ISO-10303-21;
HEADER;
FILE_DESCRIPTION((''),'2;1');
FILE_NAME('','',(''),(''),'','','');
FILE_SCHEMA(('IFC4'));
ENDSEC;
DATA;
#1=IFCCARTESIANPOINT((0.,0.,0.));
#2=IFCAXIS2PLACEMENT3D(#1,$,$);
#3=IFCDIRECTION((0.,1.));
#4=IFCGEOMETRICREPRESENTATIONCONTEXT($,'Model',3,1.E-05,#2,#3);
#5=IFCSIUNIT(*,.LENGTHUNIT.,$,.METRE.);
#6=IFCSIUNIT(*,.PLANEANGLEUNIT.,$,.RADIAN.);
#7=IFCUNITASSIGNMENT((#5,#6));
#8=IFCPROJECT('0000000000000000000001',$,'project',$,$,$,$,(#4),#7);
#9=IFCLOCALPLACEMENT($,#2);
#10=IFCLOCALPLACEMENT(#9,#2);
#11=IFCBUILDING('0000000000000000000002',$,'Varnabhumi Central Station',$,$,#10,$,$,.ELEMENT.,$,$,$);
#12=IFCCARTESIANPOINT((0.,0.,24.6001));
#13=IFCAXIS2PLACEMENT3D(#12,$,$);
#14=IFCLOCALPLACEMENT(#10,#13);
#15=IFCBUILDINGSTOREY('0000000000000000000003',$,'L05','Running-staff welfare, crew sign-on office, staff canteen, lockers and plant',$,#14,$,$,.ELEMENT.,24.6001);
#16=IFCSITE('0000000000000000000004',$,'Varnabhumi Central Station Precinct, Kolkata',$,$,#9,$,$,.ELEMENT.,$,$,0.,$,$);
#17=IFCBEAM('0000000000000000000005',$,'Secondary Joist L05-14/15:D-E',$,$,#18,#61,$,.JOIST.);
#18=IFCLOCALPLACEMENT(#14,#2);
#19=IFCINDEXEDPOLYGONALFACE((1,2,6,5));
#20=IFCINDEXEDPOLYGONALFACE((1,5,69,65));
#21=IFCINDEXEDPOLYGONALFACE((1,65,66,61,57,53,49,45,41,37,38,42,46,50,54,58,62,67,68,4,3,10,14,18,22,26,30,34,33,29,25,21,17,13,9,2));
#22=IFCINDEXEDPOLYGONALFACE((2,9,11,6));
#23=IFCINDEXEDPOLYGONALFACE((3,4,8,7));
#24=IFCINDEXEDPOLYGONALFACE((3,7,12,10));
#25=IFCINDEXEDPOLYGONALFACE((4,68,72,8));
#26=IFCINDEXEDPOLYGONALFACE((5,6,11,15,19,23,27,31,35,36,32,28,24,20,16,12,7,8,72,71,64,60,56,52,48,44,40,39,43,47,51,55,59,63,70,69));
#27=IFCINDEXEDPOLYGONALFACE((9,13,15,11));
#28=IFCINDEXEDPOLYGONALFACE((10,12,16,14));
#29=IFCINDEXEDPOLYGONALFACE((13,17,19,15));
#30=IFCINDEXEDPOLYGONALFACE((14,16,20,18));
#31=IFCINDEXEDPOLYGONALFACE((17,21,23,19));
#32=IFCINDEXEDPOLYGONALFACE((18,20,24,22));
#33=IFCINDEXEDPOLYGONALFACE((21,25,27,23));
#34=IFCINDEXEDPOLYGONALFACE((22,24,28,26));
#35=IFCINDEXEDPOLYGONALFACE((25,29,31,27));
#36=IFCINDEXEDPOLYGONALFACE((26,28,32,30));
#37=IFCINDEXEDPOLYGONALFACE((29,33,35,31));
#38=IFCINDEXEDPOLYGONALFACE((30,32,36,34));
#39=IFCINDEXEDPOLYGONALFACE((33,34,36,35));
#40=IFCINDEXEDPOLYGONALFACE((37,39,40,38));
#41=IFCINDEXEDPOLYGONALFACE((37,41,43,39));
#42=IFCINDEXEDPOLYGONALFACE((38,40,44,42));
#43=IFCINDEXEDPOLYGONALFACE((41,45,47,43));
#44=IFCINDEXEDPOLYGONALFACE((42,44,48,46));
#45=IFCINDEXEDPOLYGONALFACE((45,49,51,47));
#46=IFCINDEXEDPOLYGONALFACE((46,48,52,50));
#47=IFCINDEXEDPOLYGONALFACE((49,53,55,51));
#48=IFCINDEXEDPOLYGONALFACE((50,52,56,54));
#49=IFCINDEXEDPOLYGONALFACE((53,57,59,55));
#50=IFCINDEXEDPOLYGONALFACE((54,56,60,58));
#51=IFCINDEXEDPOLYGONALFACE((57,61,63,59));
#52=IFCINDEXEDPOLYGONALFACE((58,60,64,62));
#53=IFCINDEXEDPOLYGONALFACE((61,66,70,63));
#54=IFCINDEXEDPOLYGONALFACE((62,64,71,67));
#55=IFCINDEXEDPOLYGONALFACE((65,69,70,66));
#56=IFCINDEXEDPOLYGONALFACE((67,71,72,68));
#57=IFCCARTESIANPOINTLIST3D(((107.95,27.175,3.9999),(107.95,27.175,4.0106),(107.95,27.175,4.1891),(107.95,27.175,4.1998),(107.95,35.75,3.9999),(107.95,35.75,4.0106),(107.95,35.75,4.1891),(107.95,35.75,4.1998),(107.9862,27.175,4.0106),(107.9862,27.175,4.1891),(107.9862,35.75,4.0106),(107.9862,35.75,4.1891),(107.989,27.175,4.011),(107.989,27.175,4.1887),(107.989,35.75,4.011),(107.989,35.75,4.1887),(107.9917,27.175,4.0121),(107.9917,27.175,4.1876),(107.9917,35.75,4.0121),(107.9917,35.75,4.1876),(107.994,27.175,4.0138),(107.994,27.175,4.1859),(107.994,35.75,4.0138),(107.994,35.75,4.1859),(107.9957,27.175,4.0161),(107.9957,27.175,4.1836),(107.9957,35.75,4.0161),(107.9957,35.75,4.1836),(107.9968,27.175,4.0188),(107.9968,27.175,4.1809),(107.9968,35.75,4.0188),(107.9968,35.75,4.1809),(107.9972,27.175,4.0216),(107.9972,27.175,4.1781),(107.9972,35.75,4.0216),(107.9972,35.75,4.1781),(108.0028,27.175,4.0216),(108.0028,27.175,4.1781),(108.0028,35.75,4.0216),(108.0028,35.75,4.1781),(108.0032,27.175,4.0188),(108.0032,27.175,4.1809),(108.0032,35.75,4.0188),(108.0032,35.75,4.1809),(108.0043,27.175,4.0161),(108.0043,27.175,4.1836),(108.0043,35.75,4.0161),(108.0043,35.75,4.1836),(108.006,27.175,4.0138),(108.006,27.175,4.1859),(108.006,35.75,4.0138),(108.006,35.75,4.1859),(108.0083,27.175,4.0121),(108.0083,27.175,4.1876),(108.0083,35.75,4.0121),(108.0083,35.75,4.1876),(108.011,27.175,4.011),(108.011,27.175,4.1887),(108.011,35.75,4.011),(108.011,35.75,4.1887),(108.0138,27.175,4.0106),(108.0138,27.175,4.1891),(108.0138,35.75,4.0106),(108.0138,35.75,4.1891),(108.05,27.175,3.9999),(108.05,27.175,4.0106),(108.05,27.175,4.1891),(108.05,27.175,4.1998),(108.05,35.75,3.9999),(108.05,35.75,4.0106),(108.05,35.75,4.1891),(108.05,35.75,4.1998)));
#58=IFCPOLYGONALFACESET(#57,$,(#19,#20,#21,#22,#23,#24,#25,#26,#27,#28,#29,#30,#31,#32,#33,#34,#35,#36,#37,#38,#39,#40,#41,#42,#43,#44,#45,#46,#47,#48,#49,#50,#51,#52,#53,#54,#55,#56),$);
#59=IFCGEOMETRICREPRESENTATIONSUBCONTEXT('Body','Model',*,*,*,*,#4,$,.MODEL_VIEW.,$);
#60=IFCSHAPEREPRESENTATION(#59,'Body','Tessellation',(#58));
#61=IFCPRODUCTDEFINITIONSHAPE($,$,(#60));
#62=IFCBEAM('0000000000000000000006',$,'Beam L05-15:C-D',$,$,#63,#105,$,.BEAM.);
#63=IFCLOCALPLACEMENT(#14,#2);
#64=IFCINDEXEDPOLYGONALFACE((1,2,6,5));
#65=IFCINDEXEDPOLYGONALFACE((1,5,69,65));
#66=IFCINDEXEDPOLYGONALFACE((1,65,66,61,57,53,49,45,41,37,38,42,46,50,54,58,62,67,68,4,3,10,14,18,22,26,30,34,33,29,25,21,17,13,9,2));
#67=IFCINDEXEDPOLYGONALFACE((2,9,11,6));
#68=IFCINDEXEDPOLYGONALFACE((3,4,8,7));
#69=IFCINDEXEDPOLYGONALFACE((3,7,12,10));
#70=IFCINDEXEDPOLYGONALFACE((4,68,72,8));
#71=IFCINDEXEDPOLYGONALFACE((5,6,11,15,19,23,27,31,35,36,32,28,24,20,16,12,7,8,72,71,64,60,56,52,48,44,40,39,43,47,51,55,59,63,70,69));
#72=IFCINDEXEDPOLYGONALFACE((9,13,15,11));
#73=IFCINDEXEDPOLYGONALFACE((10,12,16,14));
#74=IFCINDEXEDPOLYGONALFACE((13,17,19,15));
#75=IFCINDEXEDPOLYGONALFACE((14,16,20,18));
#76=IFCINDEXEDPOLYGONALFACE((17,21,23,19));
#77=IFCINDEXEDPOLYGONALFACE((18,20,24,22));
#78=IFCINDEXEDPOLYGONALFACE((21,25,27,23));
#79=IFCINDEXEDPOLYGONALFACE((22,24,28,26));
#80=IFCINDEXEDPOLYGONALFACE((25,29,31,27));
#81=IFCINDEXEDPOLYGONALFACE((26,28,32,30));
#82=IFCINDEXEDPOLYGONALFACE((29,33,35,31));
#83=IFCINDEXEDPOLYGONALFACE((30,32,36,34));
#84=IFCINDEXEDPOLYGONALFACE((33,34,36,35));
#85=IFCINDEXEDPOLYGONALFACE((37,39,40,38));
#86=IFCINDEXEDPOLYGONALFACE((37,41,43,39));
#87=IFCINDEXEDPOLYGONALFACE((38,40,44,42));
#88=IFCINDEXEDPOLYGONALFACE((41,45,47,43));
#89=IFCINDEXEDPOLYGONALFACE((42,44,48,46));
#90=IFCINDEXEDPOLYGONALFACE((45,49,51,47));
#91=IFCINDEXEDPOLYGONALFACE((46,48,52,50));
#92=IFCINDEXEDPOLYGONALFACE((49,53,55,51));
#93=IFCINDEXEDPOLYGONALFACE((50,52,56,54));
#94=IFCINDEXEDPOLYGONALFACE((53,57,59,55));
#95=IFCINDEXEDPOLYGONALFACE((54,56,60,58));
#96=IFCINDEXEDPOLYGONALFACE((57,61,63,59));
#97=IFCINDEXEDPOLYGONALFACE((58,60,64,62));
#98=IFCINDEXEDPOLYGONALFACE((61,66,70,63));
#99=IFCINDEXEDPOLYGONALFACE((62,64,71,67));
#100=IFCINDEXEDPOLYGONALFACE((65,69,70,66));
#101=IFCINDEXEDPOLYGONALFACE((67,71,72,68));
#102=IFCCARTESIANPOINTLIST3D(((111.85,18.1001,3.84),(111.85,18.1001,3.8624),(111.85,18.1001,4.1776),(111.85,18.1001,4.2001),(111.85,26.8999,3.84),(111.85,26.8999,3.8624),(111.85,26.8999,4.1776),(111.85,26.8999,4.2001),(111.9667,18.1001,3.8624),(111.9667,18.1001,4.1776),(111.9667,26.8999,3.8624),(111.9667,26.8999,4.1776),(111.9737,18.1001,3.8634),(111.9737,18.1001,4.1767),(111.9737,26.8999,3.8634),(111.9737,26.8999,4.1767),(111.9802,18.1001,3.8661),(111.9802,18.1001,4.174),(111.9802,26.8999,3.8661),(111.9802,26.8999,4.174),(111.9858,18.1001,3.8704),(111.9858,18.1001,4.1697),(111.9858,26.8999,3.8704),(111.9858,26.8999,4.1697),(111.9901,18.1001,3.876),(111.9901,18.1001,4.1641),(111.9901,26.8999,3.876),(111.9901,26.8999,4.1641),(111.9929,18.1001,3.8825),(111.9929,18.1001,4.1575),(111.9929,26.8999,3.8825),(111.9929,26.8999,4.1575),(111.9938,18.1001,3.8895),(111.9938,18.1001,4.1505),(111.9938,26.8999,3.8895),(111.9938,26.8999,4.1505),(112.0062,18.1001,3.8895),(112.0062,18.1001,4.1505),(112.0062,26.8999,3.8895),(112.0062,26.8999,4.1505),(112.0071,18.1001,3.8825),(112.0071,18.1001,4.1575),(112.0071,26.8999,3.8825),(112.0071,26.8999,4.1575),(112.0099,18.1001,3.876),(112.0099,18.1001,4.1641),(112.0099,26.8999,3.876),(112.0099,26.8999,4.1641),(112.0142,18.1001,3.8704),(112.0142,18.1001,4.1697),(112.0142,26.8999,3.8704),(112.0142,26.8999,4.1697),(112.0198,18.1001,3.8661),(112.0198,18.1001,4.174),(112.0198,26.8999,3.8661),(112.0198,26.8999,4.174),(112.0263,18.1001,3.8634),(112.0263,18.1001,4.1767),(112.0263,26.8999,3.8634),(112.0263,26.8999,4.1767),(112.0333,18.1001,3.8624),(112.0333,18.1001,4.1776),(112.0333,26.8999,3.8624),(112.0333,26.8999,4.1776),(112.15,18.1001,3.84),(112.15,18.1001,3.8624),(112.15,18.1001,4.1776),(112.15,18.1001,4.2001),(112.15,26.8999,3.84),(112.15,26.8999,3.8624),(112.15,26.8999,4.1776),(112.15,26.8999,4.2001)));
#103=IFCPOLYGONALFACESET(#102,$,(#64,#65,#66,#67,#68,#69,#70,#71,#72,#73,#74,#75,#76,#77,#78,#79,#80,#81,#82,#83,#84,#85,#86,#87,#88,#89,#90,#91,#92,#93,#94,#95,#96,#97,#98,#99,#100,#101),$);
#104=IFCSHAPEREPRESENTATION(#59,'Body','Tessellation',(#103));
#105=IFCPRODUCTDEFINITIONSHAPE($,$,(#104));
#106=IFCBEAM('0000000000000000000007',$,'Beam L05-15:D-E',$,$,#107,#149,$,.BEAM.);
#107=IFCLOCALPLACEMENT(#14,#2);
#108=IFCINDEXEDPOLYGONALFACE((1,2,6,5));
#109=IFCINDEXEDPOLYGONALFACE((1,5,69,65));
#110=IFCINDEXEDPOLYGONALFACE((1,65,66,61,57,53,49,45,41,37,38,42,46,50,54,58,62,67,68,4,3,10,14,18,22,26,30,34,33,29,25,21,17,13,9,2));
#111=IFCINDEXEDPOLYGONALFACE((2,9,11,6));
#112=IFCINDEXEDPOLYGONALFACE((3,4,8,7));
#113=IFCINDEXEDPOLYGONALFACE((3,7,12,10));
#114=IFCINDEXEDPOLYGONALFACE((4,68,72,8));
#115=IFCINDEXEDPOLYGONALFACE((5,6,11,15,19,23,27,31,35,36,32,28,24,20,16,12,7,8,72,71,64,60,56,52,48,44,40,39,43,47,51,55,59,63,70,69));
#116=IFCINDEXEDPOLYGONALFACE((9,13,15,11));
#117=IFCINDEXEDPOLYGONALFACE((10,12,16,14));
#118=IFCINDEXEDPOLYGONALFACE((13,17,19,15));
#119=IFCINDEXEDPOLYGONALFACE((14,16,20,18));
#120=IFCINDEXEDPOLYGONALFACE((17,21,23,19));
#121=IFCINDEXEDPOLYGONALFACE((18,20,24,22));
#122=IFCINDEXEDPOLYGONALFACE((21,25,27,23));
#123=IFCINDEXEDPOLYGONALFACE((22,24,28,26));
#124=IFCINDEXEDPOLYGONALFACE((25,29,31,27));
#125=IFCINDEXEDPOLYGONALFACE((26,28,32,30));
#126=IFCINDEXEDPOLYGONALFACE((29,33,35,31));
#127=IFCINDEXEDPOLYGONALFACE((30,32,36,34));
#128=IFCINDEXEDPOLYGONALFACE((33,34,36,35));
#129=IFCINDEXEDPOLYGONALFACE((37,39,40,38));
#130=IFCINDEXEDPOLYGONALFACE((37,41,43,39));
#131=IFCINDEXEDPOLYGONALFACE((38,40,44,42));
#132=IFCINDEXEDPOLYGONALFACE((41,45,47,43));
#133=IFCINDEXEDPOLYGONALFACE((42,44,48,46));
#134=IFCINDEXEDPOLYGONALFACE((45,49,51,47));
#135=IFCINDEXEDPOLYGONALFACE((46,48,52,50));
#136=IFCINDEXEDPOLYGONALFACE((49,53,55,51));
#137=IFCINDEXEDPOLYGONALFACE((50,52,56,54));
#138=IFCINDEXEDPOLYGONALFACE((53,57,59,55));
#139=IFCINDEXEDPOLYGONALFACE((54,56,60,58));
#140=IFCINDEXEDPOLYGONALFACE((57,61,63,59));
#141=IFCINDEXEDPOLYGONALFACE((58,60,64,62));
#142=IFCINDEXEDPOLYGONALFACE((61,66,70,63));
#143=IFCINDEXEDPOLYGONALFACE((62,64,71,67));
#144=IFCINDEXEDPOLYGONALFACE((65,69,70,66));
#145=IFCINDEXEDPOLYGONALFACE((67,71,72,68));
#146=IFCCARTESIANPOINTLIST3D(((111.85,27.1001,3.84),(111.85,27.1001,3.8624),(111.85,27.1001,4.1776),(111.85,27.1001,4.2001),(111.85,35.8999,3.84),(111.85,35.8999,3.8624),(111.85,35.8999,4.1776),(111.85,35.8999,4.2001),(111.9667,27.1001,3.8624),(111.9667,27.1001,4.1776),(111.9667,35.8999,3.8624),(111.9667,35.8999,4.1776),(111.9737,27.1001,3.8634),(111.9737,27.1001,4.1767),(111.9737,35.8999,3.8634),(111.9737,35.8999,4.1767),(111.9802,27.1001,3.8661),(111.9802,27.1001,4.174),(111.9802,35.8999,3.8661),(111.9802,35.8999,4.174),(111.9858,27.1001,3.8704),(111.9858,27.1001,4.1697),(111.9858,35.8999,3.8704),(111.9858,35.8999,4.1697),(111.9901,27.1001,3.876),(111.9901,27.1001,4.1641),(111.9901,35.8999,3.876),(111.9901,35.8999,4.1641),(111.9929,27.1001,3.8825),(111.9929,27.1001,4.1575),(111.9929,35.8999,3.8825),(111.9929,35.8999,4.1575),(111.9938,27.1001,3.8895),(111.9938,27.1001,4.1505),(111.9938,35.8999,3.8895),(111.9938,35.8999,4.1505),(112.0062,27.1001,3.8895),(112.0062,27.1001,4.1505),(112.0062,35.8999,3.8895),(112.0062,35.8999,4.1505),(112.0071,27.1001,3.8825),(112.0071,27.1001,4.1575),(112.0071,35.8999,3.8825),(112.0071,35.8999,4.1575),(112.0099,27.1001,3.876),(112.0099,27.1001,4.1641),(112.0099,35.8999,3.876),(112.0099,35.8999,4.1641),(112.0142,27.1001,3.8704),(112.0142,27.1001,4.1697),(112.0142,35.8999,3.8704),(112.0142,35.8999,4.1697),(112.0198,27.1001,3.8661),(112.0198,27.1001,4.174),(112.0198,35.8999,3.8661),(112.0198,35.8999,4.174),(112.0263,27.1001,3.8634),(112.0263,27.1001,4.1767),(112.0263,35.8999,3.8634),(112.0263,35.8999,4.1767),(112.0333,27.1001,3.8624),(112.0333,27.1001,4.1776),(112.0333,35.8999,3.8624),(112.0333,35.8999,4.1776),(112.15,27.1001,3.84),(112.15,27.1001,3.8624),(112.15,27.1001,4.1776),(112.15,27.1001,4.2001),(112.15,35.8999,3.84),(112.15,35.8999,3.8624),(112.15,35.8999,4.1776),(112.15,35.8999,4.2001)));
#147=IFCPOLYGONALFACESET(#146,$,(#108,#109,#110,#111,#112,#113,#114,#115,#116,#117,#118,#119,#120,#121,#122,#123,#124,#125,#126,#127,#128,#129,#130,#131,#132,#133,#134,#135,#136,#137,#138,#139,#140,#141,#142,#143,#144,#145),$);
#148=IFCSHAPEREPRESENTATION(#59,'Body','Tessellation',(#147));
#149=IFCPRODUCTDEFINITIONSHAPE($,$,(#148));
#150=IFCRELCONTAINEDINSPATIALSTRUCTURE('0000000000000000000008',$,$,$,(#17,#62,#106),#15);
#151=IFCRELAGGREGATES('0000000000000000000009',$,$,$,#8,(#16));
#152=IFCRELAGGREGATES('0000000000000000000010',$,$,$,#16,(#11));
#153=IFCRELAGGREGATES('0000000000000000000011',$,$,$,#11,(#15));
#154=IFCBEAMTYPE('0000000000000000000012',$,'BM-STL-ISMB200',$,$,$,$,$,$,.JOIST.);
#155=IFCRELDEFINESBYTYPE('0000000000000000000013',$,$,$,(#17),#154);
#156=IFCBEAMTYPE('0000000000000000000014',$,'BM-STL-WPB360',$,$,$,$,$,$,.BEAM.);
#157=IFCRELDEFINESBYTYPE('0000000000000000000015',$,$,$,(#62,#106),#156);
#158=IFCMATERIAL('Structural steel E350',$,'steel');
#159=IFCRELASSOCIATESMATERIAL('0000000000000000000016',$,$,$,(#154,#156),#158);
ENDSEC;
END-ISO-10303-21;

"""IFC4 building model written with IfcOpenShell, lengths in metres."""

from ifc_helpers import new_model, si_unit, direction, frame, origin, origin_2d, place, context, subcontext, project, spatial, i_section, extrude, material, material_profile, profile_set, type_object, element, save


model = new_model("IFC4")

# Units and contexts
model_context = context("Model", 3, precision=1e-05, world=origin(), true_north=direction((0.0, 1.0)))
body_context = subcontext(model_context, "Body", "Model", "MODEL_VIEW")
ifc_project = project(units=[si_unit("LENGTHUNIT", "METRE"), si_unit("PLANEANGLEUNIT", "RADIAN")], contexts=[model_context])

# Site, building, storey
site_placement = place(None, origin())
site = spatial("IfcSite", under=ifc_project, at=site_placement, Name="Varnabhumi Central Station Precinct, Kolkata", CompositionType="ELEMENT", RefElevation=0.0)
building_placement = place(site_placement, origin())
building = spatial("IfcBuilding", under=site, at=building_placement, Name="Varnabhumi Central Station", CompositionType="ELEMENT")
storey_placement = place(building_placement, frame((0.0, 0.0, 24.6001)))
storey = spatial("IfcBuildingStorey", under=building, at=storey_placement, Name="L05", Description="Running-staff welfare, crew sign-on office, staff canteen, lockers and plant", CompositionType="ELEMENT", Elevation=24.6001)

# Beams
ifc_material_1 = material(Name="Structural steel E350", Category="steel")
ifc_material_profile_1 = material_profile(ifc_material_1, i_section(OverallWidth=0.1001, OverallDepth=0.2, WebThickness=0.0056, FlangeThickness=0.0107, FilletRadius=0.011, at=origin_2d()), Name="Structural steel E350", Category="steel")
ifc_profile_set_1 = profile_set([ifc_material_profile_1], Name="Structural steel E350")
beam_type_1 = type_object("IfcBeamType", Name="BM-STL-ISMB200", PredefinedType="JOIST", material=ifc_profile_set_1)
beam_1_placement = place(storey_placement, frame((108.0, 27.175, 4.0999), z_axis=(0.0, 1.0, 0.0), x_axis=(-1.0, 0.0, 0.0)))
element("IfcBeam", 1, at=beam_1_placement, inside=storey, type_object=beam_type_1, Name="Secondary Joist L05-14/15:D-E", PredefinedType="JOIST", context=body_context, shape_type="SweptSolid", body=[
    extrude(i_section(OverallWidth=0.1001, OverallDepth=0.2, WebThickness=0.0056, FlangeThickness=0.0107, FilletRadius=0.011, at=origin_2d()), origin(), (0.0, 0.0, 1.0), 8.575),
])
ifc_material_profile_2 = material_profile(ifc_material_1, i_section(OverallWidth=0.3, OverallDepth=0.3601, WebThickness=0.0125, FlangeThickness=0.0225, FilletRadius=0.0271, at=origin_2d()), Name="Structural steel E350", Category="steel")
ifc_profile_set_2 = profile_set([ifc_material_profile_2], Name="Structural steel E350")
beam_type_2 = type_object("IfcBeamType", Name="BM-STL-WPB360", PredefinedType="BEAM", material=ifc_profile_set_2)
for number, where, z_axis, x_axis, name in (
    (2, (112.0, 18.1001, 4.02), (0.0, 1.0, 0.0), (-1.0, 0.0, 0.0), "Beam L05-15:C-D"),
    (3, (112.0, 27.1001, 4.02), (0.0, 1.0, 0.0), (-1.0, 0.0, 0.0), "Beam L05-15:D-E"),
):
    element("IfcBeam", number, at=place(storey_placement, frame(where, z_axis=z_axis, x_axis=x_axis)), inside=storey, type_object=beam_type_2, Name=name, PredefinedType="BEAM", context=body_context, shape_type="SweptSolid", body=[
        extrude(i_section(OverallWidth=0.3, OverallDepth=0.3601, WebThickness=0.0125, FlangeThickness=0.0225, FilletRadius=0.0271, at=origin_2d()), origin(), (0.0, 0.0, 1.0), 8.7998),
    ])

save(model, "model.ifc")
